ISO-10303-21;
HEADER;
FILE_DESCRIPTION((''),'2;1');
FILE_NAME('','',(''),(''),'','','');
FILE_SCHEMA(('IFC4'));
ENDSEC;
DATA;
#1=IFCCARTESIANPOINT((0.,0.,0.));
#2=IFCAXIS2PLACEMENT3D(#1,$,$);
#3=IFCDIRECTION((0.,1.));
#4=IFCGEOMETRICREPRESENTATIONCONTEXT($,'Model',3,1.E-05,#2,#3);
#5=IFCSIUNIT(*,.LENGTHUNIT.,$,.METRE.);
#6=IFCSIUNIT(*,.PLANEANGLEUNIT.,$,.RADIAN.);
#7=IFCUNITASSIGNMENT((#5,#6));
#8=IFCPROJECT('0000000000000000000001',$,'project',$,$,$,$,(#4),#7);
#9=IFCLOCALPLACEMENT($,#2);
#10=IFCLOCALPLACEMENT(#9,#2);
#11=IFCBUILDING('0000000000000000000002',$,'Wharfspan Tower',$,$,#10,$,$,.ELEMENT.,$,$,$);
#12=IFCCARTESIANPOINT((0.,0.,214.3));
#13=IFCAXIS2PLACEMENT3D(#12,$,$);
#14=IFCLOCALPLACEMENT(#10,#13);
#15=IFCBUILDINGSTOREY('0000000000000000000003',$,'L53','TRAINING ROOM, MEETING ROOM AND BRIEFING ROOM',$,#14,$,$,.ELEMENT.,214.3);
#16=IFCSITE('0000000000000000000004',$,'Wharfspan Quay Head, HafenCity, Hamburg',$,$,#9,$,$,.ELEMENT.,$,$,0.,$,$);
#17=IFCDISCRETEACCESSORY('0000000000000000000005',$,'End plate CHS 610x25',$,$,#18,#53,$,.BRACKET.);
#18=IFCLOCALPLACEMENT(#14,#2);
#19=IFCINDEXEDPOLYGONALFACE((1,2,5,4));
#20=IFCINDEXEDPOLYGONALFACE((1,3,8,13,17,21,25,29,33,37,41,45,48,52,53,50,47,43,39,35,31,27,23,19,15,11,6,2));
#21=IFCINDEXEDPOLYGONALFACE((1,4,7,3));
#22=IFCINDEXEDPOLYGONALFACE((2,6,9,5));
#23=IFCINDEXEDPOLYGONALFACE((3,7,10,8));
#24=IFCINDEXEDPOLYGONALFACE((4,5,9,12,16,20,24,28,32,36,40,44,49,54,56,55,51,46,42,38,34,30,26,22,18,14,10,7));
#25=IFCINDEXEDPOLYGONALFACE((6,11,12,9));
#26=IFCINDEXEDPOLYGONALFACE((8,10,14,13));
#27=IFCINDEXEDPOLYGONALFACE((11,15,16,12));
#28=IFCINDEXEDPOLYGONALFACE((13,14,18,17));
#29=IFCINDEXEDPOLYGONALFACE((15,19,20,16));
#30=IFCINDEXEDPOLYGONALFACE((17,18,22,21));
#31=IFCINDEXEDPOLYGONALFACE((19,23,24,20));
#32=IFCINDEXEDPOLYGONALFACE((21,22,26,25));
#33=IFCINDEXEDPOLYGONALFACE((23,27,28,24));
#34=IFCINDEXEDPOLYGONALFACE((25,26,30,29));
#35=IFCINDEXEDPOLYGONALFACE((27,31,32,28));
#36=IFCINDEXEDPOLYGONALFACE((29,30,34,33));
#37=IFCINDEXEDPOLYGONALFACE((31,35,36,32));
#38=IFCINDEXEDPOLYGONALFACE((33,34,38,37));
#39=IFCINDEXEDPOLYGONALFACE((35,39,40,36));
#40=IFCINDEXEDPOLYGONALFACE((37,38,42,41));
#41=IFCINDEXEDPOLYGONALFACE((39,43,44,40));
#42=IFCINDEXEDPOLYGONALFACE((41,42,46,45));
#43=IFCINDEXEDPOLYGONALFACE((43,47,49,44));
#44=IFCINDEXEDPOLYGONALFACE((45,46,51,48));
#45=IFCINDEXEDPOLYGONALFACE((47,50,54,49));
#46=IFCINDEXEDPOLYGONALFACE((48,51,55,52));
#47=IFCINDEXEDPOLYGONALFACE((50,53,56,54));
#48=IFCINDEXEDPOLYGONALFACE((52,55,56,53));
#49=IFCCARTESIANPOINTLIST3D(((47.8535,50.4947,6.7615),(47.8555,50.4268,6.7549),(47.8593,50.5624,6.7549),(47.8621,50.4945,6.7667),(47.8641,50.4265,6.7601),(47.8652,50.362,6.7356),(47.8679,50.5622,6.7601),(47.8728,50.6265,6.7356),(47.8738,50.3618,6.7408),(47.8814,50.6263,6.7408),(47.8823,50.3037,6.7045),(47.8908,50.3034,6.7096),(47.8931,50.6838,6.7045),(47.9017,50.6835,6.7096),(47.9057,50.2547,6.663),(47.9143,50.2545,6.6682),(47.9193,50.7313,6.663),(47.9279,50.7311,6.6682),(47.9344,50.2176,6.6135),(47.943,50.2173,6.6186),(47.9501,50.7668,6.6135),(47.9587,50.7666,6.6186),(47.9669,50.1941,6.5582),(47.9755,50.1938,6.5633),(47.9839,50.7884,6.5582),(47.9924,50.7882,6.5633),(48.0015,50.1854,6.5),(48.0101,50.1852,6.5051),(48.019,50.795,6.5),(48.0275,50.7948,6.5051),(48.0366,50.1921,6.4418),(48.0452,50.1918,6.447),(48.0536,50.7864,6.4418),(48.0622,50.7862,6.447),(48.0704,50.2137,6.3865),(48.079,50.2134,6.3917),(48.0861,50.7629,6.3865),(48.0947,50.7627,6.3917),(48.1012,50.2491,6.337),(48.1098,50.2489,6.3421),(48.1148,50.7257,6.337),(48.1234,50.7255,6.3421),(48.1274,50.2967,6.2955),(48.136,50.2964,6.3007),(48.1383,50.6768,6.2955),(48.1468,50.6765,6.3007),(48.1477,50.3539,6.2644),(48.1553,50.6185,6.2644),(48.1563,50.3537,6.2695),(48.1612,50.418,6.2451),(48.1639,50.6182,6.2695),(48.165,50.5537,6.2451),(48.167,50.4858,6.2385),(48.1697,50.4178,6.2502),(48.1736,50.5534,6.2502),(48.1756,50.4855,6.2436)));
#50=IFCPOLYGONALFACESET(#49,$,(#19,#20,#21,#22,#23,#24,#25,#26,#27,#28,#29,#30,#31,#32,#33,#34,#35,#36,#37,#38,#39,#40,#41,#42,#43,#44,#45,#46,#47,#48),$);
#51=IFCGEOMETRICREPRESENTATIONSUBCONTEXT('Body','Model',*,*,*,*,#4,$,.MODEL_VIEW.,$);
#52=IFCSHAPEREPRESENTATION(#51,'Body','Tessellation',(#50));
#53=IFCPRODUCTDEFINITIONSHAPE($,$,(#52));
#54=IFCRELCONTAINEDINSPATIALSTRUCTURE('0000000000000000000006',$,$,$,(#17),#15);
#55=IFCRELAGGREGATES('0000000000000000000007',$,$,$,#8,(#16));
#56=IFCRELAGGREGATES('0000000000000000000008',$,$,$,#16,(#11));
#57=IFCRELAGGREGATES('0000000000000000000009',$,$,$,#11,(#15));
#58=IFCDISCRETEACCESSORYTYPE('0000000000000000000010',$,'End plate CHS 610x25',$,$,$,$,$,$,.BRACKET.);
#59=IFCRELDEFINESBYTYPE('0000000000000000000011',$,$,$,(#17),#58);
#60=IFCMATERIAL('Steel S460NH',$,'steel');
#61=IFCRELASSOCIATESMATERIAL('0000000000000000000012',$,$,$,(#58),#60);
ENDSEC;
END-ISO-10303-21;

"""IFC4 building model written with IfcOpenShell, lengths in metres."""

from ifc_helpers import new_model, si_unit, direction, frame, origin, origin_2d, place, context, subcontext, project, spatial, circle, extrude, material, material_profile, profile_set, type_object, element, save


model = new_model("IFC4")

# Units and contexts
model_context = context("Model", 3, precision=1e-05, world=origin(), true_north=direction((0.0, 1.0)))
body_context = subcontext(model_context, "Body", "Model", "MODEL_VIEW")
ifc_project = project(units=[si_unit("LENGTHUNIT", "METRE"), si_unit("PLANEANGLEUNIT", "RADIAN")], contexts=[model_context])

# Site, building, storey
site_placement = place(None, origin())
site = spatial("IfcSite", under=ifc_project, at=site_placement, Name="Wharfspan Quay Head, HafenCity, Hamburg", CompositionType="ELEMENT", RefElevation=0.0)
building_placement = place(site_placement, origin())
building = spatial("IfcBuilding", under=site, at=building_placement, Name="Wharfspan Tower", CompositionType="ELEMENT")
storey_placement = place(building_placement, frame((0.0, 0.0, 214.3)))
storey = spatial("IfcBuildingStorey", under=building, at=storey_placement, Name="L53", Description="TRAINING ROOM, MEETING ROOM AND BRIEFING ROOM", CompositionType="ELEMENT", Elevation=214.3)

# Shared definitions
ifc_material_1 = material(Name="Steel S460NH", Category="steel")

# Discrete accessory
ifc_material_profile_1 = material_profile(ifc_material_1, circle(Radius=0.3049, at=origin_2d()))
ifc_profile_set_1 = profile_set([ifc_material_profile_1], Name="Steel S460NH")
discrete_accessory_type = type_object("IfcDiscreteAccessoryType", Name="End plate CHS 610x25", PredefinedType="BRACKET", material=ifc_profile_set_1)
for number, where, z_axis, x_axis, name in (
    (1, (48.0103, 50.4902, 6.5), (0.857236, -0.024492, 0.514341), (0.028558, 0.999591, 0.000002), "End plate CHS 610x25"),
):
    element("IfcDiscreteAccessory", number, at=place(storey_placement, frame(where, z_axis=z_axis, x_axis=x_axis)), inside=storey, type_object=discrete_accessory_type, Name=name, PredefinedType="BRACKET", context=body_context, shape_type="SweptSolid", body=[
        extrude(circle(Radius=0.3049, at=origin_2d()), origin(), (0.0, 0.0, 1.0), 0.01),
    ])

save(model, "model.ifc")
